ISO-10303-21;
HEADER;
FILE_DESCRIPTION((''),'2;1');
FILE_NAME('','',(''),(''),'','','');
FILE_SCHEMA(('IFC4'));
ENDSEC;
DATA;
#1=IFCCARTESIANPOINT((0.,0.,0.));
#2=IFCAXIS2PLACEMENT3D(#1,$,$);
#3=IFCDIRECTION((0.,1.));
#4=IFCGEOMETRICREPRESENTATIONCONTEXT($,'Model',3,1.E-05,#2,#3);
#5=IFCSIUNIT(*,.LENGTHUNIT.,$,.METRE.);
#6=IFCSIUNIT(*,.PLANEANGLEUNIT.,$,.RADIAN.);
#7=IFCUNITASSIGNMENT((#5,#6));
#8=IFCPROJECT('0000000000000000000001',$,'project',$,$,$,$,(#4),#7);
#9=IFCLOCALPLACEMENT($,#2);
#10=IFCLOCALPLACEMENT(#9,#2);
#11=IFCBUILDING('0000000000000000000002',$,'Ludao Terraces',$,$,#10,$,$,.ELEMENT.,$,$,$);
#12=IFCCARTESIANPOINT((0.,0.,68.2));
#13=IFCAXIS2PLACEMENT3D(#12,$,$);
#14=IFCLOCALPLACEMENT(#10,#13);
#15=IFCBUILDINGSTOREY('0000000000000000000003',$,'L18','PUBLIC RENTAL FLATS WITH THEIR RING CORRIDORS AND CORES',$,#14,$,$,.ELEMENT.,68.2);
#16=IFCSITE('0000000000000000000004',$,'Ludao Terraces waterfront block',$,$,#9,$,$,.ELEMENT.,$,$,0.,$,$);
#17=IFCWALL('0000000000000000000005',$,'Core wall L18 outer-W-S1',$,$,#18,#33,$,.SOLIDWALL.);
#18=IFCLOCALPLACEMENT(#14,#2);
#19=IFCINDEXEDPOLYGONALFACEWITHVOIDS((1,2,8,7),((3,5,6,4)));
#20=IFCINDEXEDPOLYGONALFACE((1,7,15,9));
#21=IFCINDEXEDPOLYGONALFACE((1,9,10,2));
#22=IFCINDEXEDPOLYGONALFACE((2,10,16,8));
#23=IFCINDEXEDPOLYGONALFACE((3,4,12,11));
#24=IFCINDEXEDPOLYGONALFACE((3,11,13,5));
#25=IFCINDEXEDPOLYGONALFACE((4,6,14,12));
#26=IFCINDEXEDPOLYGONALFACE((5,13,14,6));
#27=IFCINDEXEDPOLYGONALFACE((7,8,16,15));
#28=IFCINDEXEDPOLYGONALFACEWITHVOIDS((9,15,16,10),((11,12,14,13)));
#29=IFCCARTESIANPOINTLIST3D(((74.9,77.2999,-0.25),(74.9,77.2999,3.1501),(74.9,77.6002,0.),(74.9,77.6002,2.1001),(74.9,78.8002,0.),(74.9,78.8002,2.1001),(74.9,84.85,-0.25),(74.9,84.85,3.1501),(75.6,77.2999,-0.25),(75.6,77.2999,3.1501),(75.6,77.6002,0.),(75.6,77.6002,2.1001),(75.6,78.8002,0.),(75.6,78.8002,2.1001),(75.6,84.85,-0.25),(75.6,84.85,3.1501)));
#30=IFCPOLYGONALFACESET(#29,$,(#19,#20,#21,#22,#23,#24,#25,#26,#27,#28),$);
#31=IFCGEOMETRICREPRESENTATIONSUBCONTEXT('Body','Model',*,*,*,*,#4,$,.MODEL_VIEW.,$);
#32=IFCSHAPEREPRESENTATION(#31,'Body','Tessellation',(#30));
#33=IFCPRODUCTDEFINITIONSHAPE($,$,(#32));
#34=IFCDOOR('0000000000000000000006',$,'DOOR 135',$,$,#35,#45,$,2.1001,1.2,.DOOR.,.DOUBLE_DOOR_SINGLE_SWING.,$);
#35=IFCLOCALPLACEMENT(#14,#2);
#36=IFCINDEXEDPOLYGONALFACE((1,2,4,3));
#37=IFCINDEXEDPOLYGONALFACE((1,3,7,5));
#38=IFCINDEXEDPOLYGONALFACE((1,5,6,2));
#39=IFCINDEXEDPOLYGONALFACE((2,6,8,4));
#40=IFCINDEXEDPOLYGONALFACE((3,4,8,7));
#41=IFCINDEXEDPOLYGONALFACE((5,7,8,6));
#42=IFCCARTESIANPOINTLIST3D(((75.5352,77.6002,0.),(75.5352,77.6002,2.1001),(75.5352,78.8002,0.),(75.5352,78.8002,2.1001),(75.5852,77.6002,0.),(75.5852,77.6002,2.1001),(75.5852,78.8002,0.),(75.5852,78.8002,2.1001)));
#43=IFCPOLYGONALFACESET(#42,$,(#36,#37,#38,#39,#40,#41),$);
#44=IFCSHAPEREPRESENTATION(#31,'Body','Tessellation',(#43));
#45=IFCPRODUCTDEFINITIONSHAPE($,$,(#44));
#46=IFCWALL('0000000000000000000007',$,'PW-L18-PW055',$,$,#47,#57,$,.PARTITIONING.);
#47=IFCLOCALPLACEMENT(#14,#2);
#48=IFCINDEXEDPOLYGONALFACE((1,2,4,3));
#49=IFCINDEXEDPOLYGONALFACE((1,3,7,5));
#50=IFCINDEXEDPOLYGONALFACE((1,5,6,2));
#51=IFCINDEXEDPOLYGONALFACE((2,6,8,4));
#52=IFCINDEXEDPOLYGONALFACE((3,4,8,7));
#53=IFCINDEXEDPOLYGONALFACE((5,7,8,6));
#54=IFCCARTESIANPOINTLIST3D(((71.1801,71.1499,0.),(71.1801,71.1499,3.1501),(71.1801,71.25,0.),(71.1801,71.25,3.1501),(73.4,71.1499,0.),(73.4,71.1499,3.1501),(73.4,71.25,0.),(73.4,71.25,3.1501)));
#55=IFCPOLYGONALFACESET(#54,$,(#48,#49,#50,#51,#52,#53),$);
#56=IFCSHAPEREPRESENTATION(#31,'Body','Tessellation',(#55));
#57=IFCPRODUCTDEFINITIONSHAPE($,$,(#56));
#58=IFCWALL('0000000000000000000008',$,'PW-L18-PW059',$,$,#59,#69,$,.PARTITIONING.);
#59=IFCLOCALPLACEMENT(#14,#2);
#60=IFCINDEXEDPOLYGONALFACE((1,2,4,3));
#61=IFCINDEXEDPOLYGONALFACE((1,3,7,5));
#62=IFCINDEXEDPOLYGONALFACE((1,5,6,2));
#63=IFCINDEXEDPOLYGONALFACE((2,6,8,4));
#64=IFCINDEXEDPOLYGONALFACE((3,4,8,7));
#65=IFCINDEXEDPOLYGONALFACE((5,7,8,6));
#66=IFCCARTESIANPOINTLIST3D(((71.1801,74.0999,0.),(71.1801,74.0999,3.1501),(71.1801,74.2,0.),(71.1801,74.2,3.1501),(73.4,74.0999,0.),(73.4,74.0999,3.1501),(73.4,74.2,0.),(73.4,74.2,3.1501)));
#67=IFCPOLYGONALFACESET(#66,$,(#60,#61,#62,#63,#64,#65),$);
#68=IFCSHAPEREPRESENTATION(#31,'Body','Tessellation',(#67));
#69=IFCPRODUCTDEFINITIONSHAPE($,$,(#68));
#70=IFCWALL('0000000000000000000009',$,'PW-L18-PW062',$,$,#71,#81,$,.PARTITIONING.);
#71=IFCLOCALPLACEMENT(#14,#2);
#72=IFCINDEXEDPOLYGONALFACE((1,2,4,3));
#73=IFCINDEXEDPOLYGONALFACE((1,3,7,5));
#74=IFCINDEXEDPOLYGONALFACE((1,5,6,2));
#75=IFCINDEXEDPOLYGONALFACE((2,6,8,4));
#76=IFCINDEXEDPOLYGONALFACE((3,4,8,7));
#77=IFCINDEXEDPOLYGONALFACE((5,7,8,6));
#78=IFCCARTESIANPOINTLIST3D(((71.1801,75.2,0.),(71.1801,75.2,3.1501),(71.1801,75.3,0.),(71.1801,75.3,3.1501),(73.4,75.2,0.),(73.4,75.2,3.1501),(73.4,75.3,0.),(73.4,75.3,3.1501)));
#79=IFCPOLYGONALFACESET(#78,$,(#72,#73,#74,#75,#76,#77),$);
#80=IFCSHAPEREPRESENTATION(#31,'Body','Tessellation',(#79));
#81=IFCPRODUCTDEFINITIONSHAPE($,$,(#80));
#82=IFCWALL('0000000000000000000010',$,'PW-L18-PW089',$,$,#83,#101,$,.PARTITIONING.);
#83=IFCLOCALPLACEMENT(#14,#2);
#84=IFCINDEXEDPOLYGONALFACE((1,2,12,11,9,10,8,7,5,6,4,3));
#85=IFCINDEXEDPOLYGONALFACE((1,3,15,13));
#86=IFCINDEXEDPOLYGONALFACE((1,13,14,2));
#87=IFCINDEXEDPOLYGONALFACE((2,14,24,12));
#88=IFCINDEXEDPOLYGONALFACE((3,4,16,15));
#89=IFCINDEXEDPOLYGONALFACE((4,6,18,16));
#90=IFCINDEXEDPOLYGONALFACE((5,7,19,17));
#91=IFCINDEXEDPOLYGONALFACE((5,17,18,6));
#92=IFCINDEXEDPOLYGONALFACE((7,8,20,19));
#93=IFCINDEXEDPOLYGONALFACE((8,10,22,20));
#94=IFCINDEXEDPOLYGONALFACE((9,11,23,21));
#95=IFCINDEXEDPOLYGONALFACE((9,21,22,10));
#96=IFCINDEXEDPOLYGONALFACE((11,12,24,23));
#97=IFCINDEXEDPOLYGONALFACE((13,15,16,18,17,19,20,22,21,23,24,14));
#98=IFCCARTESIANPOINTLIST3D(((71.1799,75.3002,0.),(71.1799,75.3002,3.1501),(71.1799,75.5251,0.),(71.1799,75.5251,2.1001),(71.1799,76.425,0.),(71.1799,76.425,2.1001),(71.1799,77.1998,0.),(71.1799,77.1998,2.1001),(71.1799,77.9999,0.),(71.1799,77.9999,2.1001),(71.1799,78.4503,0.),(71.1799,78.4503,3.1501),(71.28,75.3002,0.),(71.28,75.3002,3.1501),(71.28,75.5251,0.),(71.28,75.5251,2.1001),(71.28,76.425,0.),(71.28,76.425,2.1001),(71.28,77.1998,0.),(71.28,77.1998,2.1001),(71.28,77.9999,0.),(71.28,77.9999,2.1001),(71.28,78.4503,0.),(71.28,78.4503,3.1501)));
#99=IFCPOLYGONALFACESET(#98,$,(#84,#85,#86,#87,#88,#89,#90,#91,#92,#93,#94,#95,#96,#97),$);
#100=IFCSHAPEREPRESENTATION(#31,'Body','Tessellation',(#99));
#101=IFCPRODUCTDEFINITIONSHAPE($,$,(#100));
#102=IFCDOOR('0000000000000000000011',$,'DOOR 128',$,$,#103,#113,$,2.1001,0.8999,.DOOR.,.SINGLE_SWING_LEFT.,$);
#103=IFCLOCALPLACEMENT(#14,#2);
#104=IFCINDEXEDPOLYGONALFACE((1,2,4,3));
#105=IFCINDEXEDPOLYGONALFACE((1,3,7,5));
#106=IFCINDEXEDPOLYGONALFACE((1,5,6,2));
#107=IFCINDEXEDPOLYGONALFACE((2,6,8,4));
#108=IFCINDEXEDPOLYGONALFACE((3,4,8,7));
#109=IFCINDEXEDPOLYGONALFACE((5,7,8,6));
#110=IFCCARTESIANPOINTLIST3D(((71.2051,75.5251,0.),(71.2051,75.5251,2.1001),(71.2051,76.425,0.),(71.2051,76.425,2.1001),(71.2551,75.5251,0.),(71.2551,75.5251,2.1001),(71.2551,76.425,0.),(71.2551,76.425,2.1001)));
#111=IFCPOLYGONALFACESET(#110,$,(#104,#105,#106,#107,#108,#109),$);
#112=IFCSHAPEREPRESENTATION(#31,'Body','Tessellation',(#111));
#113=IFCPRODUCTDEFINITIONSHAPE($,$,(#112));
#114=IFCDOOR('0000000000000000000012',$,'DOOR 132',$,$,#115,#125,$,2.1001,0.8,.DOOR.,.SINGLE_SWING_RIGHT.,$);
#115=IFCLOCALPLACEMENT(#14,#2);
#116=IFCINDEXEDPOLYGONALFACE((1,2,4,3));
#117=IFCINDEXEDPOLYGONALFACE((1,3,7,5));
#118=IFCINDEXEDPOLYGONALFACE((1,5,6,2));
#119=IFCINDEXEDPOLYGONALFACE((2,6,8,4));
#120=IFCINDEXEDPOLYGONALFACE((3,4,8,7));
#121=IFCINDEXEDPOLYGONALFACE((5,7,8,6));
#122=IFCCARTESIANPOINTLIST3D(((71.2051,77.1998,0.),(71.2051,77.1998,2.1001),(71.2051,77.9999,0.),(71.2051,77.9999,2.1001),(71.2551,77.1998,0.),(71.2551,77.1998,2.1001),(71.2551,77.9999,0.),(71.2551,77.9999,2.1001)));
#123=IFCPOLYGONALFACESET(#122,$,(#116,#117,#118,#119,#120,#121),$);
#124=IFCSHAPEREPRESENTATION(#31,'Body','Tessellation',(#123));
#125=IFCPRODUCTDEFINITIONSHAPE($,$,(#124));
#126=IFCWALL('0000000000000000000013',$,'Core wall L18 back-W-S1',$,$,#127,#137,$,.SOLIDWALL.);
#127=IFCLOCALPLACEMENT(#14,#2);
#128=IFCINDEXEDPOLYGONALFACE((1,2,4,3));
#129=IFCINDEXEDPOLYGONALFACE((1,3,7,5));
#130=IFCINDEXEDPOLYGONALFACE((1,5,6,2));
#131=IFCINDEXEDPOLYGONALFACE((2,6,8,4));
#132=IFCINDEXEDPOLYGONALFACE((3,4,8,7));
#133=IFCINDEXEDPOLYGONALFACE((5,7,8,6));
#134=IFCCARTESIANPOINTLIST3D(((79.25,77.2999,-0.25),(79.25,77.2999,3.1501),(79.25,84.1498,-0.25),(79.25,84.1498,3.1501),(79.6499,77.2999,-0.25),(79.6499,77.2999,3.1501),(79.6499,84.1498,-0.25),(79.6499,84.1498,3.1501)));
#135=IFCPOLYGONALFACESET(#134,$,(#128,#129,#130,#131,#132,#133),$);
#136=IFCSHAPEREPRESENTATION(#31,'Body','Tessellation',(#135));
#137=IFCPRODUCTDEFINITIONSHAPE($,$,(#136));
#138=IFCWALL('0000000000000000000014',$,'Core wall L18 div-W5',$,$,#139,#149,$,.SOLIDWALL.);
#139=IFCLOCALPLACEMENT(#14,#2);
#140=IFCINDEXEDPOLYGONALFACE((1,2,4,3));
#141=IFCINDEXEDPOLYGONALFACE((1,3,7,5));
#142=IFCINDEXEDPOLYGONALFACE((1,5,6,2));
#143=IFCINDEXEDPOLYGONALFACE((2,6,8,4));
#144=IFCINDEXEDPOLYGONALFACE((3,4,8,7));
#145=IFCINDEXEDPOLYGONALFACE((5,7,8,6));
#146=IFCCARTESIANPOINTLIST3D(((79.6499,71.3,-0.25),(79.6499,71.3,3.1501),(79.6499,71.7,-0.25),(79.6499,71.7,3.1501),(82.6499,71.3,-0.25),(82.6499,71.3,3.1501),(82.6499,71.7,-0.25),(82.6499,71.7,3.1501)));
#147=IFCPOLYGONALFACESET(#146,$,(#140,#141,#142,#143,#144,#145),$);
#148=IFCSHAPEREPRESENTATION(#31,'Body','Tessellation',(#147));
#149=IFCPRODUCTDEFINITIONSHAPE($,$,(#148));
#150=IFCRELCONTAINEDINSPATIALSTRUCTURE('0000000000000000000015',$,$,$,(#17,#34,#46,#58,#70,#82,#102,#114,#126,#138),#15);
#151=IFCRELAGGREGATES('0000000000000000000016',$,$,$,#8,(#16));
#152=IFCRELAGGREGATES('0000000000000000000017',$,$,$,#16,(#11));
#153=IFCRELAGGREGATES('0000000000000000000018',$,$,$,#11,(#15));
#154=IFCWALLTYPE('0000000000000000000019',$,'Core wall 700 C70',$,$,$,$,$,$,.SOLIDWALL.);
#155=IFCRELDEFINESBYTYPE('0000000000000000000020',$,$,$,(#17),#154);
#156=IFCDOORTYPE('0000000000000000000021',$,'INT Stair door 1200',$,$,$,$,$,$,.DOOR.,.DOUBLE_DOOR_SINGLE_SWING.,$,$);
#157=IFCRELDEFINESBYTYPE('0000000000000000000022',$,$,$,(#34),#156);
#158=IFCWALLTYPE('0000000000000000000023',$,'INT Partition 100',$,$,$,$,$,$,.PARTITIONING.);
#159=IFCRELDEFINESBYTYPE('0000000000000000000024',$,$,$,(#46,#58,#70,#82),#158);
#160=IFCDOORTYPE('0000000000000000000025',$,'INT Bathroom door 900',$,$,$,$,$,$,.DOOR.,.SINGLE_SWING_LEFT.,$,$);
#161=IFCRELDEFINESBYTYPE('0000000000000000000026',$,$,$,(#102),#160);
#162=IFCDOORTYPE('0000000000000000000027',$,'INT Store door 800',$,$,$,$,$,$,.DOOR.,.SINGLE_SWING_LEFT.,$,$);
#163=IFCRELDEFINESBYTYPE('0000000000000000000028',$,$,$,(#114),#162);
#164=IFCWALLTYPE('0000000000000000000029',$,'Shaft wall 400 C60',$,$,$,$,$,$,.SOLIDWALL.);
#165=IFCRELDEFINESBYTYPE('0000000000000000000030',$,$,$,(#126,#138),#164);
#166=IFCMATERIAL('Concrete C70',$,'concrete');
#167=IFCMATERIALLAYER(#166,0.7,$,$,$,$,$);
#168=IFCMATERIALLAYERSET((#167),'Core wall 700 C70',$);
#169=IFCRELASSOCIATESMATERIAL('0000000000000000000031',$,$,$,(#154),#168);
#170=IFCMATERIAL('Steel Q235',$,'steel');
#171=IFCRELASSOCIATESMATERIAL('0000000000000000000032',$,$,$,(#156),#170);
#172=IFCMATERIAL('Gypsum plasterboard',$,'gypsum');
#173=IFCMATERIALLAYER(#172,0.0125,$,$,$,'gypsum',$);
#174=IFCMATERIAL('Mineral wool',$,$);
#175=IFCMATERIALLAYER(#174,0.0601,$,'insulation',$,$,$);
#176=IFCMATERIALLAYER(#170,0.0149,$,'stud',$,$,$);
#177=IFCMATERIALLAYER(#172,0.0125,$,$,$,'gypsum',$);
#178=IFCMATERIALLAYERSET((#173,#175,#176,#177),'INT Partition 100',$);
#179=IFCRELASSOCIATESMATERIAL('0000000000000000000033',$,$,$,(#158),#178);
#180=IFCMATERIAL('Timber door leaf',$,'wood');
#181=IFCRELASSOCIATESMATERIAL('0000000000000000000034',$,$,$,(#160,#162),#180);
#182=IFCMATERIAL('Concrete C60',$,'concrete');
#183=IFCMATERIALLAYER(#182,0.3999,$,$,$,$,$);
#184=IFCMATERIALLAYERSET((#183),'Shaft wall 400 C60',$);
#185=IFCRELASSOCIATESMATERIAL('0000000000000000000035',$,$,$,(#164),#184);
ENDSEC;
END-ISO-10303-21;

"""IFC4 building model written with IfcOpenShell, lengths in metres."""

from ifc_helpers import new_model, si_unit, direction, frame, frame_2d, origin, place, context, subcontext, project, spatial, rectangle, extrude, material, layer, layer_set, type_object, element, fill, save


model = new_model("IFC4")

# Units and contexts
model_context = context("Model", 3, precision=1e-05, world=origin(), true_north=direction((0.0, 1.0)))
body_context = subcontext(model_context, "Body", "Model", "MODEL_VIEW")
ifc_project = project(units=[si_unit("LENGTHUNIT", "METRE"), si_unit("PLANEANGLEUNIT", "RADIAN")], contexts=[model_context])

# Site, building, storey
site_placement = place(None, origin())
site = spatial("IfcSite", under=ifc_project, at=site_placement, Name="Ludao Terraces waterfront block", CompositionType="ELEMENT", RefElevation=0.0)
building_placement = place(site_placement, origin())
building = spatial("IfcBuilding", under=site, at=building_placement, Name="Ludao Terraces", CompositionType="ELEMENT")
storey_placement = place(building_placement, frame((0.0, 0.0, 68.2)))
storey = spatial("IfcBuildingStorey", under=building, at=storey_placement, Name="L18", Description="PUBLIC RENTAL FLATS WITH THEIR RING CORRIDORS AND CORES", CompositionType="ELEMENT", Elevation=68.2)

# Wall, opening, door
ifc_material_1 = material(Name="Concrete C70", Category="concrete")
ifc_layer_1 = layer(ifc_material_1, 0.7)
ifc_layer_set_1 = layer_set([ifc_layer_1], Name="Core wall 700 C70")
wall_type_1 = type_object("IfcWallType", Name="Core wall 700 C70", PredefinedType="SOLIDWALL", material=ifc_layer_set_1)
wall_1_placement = place(storey_placement, frame((75.25, 77.3, -0.25), z_axis=(0.0, 0.0, 1.0), x_axis=(0.0, 1.0, 0.0)))
wall_1 = element("IfcWall", 1, at=wall_1_placement, inside=storey, type_object=wall_type_1, Name="Core wall L18 outer-W-S1", PredefinedType="SOLIDWALL", context=body_context, shape_type="SweptSolid", body=[
    extrude(rectangle(XDim=7.55, YDim=0.7, at=frame_2d((3.7749, 0.0))), origin(), (0.0, 0.0, 1.0), 3.4001),
])
opening_1_placement = place(wall_1_placement, frame((0.3, 0.0, 0.25)))
opening_1 = element("IfcOpeningElement", 2, at=opening_1_placement, cuts=wall_1, PredefinedType="OPENING", context=body_context, shape_type="SweptSolid", body=[
    extrude(rectangle(XDim=1.2, YDim=2.1001, at=frame_2d((0.6001, 1.05))), frame((0.0, 0.3599, 0.0), z_axis=(0.0, -1.0, 0.0), x_axis=(1.0, 0.0, 0.0)), (0.0, 0.0, 1.0), 0.72),
])
ifc_material_2 = material(Name="Steel Q235", Category="steel")
door_type_1 = type_object("IfcDoorType", Name="INT Stair door 1200", OperationType="DOUBLE_DOOR_SINGLE_SWING", PredefinedType="DOOR", material=ifc_material_2)
door_1_placement = place(opening_1_placement, origin())
door_1 = element("IfcDoor", 3, at=door_1_placement, inside=storey, type_object=door_type_1, Name="DOOR 135", OperationType="DOUBLE_DOOR_SINGLE_SWING", OverallHeight=2.1001, OverallWidth=1.2, PredefinedType="DOOR", context=body_context, shape_type="SweptSolid", body=[
    extrude(rectangle(XDim=1.2, YDim=2.1001, at=frame_2d((0.6001, 1.05))), frame((0.0, -0.2852, 0.0), z_axis=(0.0, -1.0, 0.0), x_axis=(1.0, 0.0, 0.0)), (0.0, 0.0, 1.0), 0.05),
])
fill(opening_1, door_1)

# Walls
ifc_material_3 = material(Name="Gypsum plasterboard", Category="gypsum")
ifc_layer_2 = layer(ifc_material_3, 0.0125, Category="gypsum")
ifc_material_4 = material(Name="Mineral wool")
ifc_layer_3 = layer(ifc_material_4, 0.0601, Name="insulation")
ifc_layer_4 = layer(ifc_material_2, 0.0149, Name="stud")
ifc_layer_5 = layer(ifc_material_3, 0.0125, Category="gypsum")
ifc_layer_set_2 = layer_set([ifc_layer_2, ifc_layer_3, ifc_layer_4, ifc_layer_5], Name="INT Partition 100")
wall_type_2 = type_object("IfcWallType", Name="INT Partition 100", PredefinedType="PARTITIONING", material=ifc_layer_set_2)
for number, where, z_axis, x_axis, name in (
    (4, (71.1802, 71.2, 0.0), (0.0, 0.0, 1.0), (1.0, 0.0, 0.0), "PW-L18-PW055"),
    (5, (71.1802, 74.1499, 0.0), (0.0, 0.0, 1.0), (1.0, 0.0, 0.0), "PW-L18-PW059"),
    (6, (71.1802, 75.25, 0.0), (0.0, 0.0, 1.0), (1.0, 0.0, 0.0), "PW-L18-PW062"),
):
    element("IfcWall", number, at=place(storey_placement, frame(where, z_axis=z_axis, x_axis=x_axis)), inside=storey, type_object=wall_type_2, Name=name, PredefinedType="PARTITIONING", context=body_context, shape_type="SweptSolid", body=[
        extrude(rectangle(XDim=2.22, YDim=0.1001, at=frame_2d((1.1099, 0.0))), origin(), (0.0, 0.0, 1.0), 3.1501),
    ])

# Wall, openings, doors
wall_2_placement = place(storey_placement, frame((71.23, 75.3, 0.0), z_axis=(0.0, 0.0, 1.0), x_axis=(0.0, 1.0, 0.0)))
wall_2 = element("IfcWall", 7, at=wall_2_placement, inside=storey, type_object=wall_type_2, Name="PW-L18-PW089", PredefinedType="PARTITIONING", context=body_context, shape_type="SweptSolid", body=[
    extrude(rectangle(XDim=3.1501, YDim=0.1001, at=frame_2d((1.5752, 0.0))), origin(), (0.0, 0.0, 1.0), 3.1501),
])
opening_2_placement = place(wall_2_placement, frame((0.2251, 0.0, 0.0)))
opening_2 = element("IfcOpeningElement", 8, at=opening_2_placement, cuts=wall_2, PredefinedType="OPENING", context=body_context, shape_type="SweptSolid", body=[
    extrude(rectangle(XDim=0.8999, YDim=2.1001, at=frame_2d((0.45, 1.05))), frame((0.0, 0.0601, 0.0), z_axis=(0.0, -1.0, 0.0), x_axis=(1.0, 0.0, 0.0)), (0.0, 0.0, 1.0), 0.1201),
])
opening_3_placement = place(wall_2_placement, frame((1.8999, 0.0, 0.0)))
opening_3 = element("IfcOpeningElement", 9, at=opening_3_placement, cuts=wall_2, PredefinedType="OPENING", context=body_context, shape_type="SweptSolid", body=[
    extrude(rectangle(XDim=0.8, YDim=2.1001, at=frame_2d((0.3999, 1.05))), frame((0.0, 0.0601, 0.0), z_axis=(0.0, -1.0, 0.0), x_axis=(1.0, 0.0, 0.0)), (0.0, 0.0, 1.0), 0.1201),
])
ifc_material_5 = material(Name="Timber door leaf", Category="wood")
door_type_2 = type_object("IfcDoorType", Name="INT Bathroom door 900", OperationType="SINGLE_SWING_LEFT", PredefinedType="DOOR", material=ifc_material_5)
door_2_placement = place(opening_2_placement, origin())
door_2 = element("IfcDoor", 10, at=door_2_placement, inside=storey, type_object=door_type_2, Name="DOOR 128", OperationType="SINGLE_SWING_LEFT", OverallHeight=2.1001, OverallWidth=0.8999, PredefinedType="DOOR", context=body_context, shape_type="SweptSolid", body=[
    extrude(rectangle(XDim=0.8999, YDim=2.1001, at=frame_2d((0.45, 1.05))), frame((0.0, 0.0249, 0.0), z_axis=(0.0, -1.0, 0.0), x_axis=(1.0, 0.0, 0.0)), (0.0, 0.0, 1.0), 0.05),
])
fill(opening_2, door_2)
door_type_3 = type_object("IfcDoorType", Name="INT Store door 800", OperationType="SINGLE_SWING_LEFT", PredefinedType="DOOR", material=ifc_material_5)
door_3_placement = place(opening_3_placement, origin())
door_3 = element("IfcDoor", 11, at=door_3_placement, inside=storey, type_object=door_type_3, Name="DOOR 132", OperationType="SINGLE_SWING_RIGHT", OverallHeight=2.1001, OverallWidth=0.8, PredefinedType="DOOR", context=body_context, shape_type="SweptSolid", body=[
    extrude(rectangle(XDim=0.8, YDim=2.1001, at=frame_2d((0.3999, 1.05))), frame((0.0, 0.0249, 0.0), z_axis=(0.0, -1.0, 0.0), x_axis=(1.0, 0.0, 0.0)), (0.0, 0.0, 1.0), 0.05),
])
fill(opening_3, door_3)

# Walls
ifc_material_6 = material(Name="Concrete C60", Category="concrete")
ifc_layer_6 = layer(ifc_material_6, 0.3999)
ifc_layer_set_3 = layer_set([ifc_layer_6], Name="Shaft wall 400 C60")
wall_type_3 = type_object("IfcWallType", Name="Shaft wall 400 C60", PredefinedType="SOLIDWALL", material=ifc_layer_set_3)
wall_3_placement = place(storey_placement, frame((79.45, 77.3, -0.25), z_axis=(0.0, 0.0, 1.0), x_axis=(0.0, 1.0, 0.0)))
element("IfcWall", 12, at=wall_3_placement, inside=storey, type_object=wall_type_3, Name="Core wall L18 back-W-S1", PredefinedType="SOLIDWALL", context=body_context, shape_type="SweptSolid", body=[
    extrude(rectangle(XDim=6.8499, YDim=0.3999, at=frame_2d((3.4248, 0.0))), origin(), (0.0, 0.0, 1.0), 3.4001),
])
wall_4_placement = place(storey_placement, frame((79.6499, 71.5, -0.25), z_axis=(0.0, 0.0, 1.0), x_axis=(1.0, 0.0, 0.0)))
element("IfcWall", 13, at=wall_4_placement, inside=storey, type_object=wall_type_3, Name="Core wall L18 div-W5", PredefinedType="SOLIDWALL", context=body_context, shape_type="SweptSolid", body=[
    extrude(rectangle(XDim=3.0, YDim=0.3999, at=frame_2d((1.5, 0.0))), origin(), (0.0, 0.0, 1.0), 3.4001),
])

save(model, "model.ifc")
